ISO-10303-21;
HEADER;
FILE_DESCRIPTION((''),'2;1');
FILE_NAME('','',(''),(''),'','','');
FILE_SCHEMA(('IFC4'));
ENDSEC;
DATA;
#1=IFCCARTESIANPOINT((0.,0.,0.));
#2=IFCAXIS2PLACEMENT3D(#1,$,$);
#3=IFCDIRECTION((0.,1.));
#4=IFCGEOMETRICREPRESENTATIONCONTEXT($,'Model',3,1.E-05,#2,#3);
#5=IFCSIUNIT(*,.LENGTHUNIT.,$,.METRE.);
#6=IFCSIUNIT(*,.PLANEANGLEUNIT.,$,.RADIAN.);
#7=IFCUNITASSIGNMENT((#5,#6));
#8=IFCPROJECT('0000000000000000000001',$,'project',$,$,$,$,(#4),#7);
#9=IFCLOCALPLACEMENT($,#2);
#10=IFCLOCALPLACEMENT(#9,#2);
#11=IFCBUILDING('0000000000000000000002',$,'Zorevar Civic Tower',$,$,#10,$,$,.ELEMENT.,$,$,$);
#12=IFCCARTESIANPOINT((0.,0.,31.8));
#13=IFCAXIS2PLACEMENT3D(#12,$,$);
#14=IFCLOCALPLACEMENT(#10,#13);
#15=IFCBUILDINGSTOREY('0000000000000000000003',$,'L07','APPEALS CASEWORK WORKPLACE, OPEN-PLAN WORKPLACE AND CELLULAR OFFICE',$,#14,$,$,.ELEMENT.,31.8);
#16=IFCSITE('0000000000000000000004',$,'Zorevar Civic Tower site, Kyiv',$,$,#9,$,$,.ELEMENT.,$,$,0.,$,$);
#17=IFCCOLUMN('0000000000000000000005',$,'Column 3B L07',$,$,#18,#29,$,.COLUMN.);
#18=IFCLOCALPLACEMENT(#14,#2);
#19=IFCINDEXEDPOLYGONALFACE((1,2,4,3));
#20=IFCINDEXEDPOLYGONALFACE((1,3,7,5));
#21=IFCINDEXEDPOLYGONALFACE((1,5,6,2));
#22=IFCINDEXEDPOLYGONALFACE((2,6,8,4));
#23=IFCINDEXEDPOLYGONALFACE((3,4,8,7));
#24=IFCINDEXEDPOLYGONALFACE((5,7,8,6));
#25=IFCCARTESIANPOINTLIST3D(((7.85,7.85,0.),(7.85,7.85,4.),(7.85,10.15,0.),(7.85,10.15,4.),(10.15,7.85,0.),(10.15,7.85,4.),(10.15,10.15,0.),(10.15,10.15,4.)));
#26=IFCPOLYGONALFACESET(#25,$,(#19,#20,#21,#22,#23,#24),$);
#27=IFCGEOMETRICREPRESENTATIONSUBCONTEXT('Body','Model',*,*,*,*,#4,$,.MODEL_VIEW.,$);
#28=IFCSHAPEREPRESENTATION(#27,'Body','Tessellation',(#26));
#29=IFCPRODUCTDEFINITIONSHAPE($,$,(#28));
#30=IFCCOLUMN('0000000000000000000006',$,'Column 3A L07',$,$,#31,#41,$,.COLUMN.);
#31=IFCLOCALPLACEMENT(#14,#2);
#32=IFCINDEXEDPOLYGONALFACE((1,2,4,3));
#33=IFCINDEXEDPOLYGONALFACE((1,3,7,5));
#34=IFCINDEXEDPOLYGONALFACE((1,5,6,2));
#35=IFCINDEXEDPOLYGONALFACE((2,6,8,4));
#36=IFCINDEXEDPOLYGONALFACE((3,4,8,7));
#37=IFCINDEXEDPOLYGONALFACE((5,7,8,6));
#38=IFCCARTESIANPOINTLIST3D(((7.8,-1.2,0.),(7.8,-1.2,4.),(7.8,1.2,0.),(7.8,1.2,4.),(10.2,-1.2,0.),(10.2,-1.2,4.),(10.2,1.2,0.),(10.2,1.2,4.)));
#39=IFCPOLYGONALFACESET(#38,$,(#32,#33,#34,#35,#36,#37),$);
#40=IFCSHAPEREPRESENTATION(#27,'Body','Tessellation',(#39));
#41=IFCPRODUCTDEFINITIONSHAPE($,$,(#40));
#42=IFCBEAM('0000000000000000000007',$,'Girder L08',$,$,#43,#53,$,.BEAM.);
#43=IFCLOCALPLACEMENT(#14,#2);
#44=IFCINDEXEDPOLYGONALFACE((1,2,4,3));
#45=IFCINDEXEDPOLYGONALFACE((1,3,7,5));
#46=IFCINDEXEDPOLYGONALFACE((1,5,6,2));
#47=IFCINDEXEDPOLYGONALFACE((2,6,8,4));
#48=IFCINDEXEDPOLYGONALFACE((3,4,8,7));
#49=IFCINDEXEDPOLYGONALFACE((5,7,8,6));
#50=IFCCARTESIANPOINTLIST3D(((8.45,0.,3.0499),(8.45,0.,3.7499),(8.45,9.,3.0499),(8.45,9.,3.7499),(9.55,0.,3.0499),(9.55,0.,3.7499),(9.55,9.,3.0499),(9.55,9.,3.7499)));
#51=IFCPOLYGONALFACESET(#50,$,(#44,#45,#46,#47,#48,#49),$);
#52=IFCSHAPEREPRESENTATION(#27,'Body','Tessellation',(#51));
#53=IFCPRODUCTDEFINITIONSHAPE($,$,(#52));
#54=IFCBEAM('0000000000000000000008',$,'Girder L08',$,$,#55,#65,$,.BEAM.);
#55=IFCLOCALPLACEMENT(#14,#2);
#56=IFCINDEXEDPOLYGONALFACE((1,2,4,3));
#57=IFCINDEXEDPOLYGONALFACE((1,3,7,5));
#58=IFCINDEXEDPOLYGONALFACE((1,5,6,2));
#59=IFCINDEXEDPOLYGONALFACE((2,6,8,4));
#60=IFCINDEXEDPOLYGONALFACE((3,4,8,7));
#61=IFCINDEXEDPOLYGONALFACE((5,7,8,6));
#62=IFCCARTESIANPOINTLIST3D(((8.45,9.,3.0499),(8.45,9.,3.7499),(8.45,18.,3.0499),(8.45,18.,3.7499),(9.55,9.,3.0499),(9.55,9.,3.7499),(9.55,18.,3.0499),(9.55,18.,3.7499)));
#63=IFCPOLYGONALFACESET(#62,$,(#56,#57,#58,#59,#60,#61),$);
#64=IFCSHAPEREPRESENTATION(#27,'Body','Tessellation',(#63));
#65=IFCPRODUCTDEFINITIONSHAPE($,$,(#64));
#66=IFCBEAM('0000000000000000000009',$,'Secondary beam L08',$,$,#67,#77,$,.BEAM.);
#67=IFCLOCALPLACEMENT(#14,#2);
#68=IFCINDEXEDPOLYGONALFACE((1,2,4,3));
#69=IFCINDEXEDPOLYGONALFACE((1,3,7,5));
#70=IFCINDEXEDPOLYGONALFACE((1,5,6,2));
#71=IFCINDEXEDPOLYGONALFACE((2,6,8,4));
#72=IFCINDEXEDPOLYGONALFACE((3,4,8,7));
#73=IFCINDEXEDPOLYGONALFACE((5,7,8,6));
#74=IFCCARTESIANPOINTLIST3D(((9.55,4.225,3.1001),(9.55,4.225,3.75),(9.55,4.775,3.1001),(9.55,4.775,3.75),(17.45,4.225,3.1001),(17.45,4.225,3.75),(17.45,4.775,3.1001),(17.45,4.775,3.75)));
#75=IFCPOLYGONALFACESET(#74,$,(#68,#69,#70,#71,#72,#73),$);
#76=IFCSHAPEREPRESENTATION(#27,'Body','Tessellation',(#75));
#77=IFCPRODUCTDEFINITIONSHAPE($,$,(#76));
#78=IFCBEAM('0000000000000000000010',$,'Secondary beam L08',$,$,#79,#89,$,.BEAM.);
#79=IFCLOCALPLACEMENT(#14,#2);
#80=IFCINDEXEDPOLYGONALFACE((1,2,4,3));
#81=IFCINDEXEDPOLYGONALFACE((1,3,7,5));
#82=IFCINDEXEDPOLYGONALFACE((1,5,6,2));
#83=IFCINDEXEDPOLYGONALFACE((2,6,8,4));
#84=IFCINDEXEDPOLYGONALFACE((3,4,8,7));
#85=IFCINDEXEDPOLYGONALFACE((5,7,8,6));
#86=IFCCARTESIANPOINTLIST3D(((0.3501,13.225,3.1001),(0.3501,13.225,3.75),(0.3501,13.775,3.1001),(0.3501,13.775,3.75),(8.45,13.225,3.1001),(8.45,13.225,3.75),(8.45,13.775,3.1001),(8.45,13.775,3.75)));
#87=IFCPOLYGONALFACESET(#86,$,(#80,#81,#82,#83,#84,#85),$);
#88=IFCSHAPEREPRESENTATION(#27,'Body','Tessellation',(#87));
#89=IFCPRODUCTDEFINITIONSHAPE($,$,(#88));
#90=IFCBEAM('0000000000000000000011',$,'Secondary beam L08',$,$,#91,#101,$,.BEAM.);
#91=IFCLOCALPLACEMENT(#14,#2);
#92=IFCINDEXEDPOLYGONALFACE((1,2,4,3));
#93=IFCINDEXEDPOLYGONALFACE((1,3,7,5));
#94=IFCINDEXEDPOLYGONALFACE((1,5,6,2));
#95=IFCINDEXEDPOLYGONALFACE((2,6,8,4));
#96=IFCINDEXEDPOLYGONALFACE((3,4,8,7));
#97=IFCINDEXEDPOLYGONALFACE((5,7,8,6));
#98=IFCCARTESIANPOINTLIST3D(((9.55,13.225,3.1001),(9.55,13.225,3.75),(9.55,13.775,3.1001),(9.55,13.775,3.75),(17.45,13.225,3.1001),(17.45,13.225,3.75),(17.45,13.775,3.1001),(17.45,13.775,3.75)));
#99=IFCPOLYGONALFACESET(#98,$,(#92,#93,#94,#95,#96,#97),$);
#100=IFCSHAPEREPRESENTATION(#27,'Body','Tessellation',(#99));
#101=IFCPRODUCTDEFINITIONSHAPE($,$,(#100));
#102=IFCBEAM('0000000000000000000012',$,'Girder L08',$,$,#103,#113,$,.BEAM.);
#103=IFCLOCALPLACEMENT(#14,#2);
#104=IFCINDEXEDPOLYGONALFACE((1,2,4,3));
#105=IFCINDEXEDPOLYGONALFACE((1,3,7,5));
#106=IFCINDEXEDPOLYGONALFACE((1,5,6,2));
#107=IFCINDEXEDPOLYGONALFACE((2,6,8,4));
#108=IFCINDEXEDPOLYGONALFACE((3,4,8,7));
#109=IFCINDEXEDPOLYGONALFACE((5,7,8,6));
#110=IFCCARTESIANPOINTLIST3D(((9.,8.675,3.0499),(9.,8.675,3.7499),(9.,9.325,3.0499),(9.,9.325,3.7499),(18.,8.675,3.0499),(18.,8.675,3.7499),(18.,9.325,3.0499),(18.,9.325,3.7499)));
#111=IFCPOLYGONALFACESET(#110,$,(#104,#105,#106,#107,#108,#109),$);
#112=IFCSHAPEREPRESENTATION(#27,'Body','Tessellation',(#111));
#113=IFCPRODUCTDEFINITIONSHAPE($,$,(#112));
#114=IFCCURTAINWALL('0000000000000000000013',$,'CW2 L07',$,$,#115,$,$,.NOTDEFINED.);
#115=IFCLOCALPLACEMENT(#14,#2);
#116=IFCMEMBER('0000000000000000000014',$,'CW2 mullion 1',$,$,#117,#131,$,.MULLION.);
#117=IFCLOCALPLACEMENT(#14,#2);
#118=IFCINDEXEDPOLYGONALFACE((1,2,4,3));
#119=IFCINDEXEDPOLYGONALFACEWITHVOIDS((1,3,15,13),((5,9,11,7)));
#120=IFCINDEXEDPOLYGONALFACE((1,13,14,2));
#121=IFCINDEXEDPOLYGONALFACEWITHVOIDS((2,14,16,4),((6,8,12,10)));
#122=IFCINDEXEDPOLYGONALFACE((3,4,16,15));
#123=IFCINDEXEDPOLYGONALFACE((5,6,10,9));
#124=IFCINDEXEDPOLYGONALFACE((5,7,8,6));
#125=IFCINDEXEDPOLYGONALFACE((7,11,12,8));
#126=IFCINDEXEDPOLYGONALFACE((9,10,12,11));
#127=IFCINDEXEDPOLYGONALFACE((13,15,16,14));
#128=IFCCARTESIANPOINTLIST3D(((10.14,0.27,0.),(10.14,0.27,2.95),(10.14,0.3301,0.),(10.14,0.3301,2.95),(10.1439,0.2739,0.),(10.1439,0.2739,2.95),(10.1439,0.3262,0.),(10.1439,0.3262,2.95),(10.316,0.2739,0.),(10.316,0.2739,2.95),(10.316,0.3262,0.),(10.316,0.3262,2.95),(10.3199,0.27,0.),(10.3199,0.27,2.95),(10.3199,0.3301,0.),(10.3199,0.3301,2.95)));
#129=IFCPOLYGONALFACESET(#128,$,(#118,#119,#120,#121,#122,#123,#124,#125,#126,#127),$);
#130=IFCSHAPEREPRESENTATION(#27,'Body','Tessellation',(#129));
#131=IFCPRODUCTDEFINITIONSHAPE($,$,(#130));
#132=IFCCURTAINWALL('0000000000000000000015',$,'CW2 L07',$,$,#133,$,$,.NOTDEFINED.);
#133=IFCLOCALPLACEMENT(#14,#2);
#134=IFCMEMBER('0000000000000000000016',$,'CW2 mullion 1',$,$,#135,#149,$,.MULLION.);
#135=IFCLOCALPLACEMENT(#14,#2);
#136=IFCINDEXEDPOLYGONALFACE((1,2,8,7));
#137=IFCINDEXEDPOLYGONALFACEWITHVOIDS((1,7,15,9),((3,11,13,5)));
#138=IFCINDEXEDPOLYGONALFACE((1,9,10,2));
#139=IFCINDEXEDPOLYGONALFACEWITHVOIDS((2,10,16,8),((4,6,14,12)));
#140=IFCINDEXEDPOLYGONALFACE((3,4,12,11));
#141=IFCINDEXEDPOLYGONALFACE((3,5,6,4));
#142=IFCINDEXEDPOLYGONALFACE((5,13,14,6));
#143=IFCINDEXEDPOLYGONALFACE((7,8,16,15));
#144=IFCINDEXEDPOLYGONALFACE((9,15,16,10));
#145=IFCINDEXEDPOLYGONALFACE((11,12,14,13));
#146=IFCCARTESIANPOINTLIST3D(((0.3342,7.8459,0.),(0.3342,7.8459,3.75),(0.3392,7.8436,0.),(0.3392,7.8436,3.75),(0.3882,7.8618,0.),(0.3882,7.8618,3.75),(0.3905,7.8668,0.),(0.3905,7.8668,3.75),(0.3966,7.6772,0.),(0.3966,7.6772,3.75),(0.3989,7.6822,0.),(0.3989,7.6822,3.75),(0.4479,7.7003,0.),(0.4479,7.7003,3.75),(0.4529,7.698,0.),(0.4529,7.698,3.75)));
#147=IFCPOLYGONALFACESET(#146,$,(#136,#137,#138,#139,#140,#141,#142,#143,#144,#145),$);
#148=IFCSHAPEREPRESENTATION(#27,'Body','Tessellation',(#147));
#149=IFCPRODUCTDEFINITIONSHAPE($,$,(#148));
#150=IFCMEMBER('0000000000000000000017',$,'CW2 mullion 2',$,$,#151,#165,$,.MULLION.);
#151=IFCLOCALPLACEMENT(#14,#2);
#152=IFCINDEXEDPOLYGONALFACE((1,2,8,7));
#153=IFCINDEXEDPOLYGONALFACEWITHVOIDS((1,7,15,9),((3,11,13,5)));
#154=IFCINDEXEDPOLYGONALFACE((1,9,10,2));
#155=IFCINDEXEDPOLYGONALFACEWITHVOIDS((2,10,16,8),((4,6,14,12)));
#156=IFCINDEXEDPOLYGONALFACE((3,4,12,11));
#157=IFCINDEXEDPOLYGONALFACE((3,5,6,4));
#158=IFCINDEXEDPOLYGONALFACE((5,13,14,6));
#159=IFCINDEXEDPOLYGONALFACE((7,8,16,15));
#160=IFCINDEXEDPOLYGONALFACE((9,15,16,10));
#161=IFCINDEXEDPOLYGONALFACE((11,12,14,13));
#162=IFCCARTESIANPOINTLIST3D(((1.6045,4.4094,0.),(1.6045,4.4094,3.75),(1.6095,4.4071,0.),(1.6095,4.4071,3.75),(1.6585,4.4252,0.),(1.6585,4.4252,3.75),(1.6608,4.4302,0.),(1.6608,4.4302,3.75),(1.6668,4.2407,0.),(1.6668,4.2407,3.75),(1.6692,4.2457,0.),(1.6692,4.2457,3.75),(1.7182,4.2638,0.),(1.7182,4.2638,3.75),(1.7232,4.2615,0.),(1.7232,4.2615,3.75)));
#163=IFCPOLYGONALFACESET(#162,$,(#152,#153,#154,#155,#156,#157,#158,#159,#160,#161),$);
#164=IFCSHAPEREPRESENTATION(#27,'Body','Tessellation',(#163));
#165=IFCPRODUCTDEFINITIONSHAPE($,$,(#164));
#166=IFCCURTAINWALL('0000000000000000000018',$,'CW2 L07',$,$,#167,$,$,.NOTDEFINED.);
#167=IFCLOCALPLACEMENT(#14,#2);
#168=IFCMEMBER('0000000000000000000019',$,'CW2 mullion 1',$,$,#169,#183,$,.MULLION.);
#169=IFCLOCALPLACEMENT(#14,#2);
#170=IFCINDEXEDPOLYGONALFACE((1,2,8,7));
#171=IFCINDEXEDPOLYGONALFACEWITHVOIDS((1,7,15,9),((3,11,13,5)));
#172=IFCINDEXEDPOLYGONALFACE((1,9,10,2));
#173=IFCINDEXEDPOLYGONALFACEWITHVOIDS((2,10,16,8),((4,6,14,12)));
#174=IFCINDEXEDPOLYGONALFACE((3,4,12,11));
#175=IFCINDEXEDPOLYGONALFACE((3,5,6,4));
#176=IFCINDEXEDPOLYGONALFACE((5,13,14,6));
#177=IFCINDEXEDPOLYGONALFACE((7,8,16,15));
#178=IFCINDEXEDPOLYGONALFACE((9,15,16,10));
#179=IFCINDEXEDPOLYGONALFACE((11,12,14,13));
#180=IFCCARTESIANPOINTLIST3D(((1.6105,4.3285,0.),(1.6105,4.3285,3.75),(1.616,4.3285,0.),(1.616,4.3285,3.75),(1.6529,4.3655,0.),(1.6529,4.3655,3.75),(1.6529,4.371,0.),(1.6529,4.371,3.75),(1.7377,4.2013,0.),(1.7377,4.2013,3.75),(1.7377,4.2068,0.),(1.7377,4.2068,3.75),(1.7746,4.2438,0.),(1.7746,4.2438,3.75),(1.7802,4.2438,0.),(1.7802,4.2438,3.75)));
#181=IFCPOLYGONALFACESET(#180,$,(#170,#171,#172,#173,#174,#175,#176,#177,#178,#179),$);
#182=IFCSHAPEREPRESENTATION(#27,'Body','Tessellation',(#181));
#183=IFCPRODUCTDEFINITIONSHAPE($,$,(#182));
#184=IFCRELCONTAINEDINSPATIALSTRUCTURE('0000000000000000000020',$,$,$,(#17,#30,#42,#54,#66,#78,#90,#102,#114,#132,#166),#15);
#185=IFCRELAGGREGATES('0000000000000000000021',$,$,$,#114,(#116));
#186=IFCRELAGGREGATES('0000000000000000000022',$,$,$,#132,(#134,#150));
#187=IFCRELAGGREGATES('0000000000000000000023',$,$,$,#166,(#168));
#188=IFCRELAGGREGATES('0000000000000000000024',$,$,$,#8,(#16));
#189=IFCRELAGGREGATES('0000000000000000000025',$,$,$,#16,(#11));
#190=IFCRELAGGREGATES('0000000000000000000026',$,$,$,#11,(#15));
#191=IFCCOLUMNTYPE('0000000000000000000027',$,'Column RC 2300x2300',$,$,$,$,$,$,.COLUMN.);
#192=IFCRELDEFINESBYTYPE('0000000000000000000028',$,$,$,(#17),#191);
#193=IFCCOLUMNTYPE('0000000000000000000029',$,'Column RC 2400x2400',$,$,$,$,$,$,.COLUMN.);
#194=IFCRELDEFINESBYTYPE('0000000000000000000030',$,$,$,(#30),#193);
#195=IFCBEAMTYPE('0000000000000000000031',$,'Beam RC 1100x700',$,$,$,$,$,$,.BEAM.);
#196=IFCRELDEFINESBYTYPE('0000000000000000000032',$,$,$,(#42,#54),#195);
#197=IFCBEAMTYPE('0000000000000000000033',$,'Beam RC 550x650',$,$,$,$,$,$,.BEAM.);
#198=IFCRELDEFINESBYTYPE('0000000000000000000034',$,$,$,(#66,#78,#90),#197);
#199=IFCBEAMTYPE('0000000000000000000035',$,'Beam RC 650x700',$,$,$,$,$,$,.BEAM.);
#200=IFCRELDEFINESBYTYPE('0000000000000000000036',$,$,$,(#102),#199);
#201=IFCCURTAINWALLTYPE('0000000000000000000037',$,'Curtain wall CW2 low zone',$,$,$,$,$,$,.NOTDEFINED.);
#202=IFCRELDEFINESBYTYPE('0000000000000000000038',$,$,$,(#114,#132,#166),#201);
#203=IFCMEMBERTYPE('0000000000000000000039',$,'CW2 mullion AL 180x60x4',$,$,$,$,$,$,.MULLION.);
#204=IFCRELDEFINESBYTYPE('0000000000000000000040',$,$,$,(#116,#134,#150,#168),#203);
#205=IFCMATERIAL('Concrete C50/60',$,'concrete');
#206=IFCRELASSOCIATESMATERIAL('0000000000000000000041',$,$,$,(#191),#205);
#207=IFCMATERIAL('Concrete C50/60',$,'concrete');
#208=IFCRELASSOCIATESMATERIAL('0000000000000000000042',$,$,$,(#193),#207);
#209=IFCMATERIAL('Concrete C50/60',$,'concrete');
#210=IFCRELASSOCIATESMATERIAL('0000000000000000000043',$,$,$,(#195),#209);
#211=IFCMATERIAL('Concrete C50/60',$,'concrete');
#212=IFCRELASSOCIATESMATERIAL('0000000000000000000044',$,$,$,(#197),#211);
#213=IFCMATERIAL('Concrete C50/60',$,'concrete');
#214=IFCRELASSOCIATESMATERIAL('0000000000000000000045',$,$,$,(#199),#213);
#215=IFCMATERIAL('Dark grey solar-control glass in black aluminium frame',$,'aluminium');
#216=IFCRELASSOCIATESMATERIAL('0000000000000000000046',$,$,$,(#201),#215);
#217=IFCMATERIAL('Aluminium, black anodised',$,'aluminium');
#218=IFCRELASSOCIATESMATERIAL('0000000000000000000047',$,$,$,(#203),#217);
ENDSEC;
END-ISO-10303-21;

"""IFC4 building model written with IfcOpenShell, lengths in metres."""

from ifc_helpers import new_model, si_unit, direction, frame, origin, origin_2d, place, context, subcontext, project, spatial, rectangle, hollow_rectangle, extrude, material, material_profile, profile_set, type_object, element, aggregate, save


model = new_model("IFC4")

# Units and contexts
model_context = context("Model", 3, precision=1e-05, world=origin(), true_north=direction((0.0, 1.0)))
body_context = subcontext(model_context, "Body", "Model", "MODEL_VIEW")
ifc_project = project(units=[si_unit("LENGTHUNIT", "METRE"), si_unit("PLANEANGLEUNIT", "RADIAN")], contexts=[model_context])

# Site, building, storey
site_placement = place(None, origin())
site = spatial("IfcSite", under=ifc_project, at=site_placement, Name="Zorevar Civic Tower site, Kyiv", CompositionType="ELEMENT", RefElevation=0.0)
building_placement = place(site_placement, origin())
building = spatial("IfcBuilding", under=site, at=building_placement, Name="Zorevar Civic Tower", CompositionType="ELEMENT")
storey_placement = place(building_placement, frame((0.0, 0.0, 31.8)))
storey = spatial("IfcBuildingStorey", under=building, at=storey_placement, Name="L07", Description="APPEALS CASEWORK WORKPLACE, OPEN-PLAN WORKPLACE AND CELLULAR OFFICE", CompositionType="ELEMENT", Elevation=31.8)

# Columns
ifc_material_1 = material(Name="Concrete C50/60", Category="concrete")
ifc_material_profile_1 = material_profile(ifc_material_1, rectangle(XDim=2.3, YDim=2.3, at=origin_2d()), Name="RC 2300x2300")
ifc_profile_set_1 = profile_set([ifc_material_profile_1], Name="Concrete C50/60")
column_type_1 = type_object("IfcColumnType", Name="Column RC 2300x2300", PredefinedType="COLUMN", material=ifc_profile_set_1)
column_1_placement = place(storey_placement, frame((9.0, 9.0, 0.0), z_axis=(0.0, 0.0, 1.0), x_axis=(1.0, 0.0, 0.0)))
element("IfcColumn", 1, at=column_1_placement, inside=storey, type_object=column_type_1, Name="Column 3B L07", PredefinedType="COLUMN", context=body_context, shape_type="SweptSolid", body=[
    extrude(rectangle(XDim=2.3, YDim=2.3, at=origin_2d()), origin(), (0.0, 0.0, 1.0), 4.0),
])
ifc_material_2 = material(Name="Concrete C50/60", Category="concrete")
ifc_material_profile_2 = material_profile(ifc_material_2, rectangle(XDim=2.3999, YDim=2.3999, at=origin_2d()), Name="RC 2400x2400")
ifc_profile_set_2 = profile_set([ifc_material_profile_2], Name="Concrete C50/60")
column_type_2 = type_object("IfcColumnType", Name="Column RC 2400x2400", PredefinedType="COLUMN", material=ifc_profile_set_2)
column_2_placement = place(storey_placement, frame((9.0, 0.0, 0.0), z_axis=(0.0, 0.0, 1.0), x_axis=(1.0, 0.0, 0.0)))
element("IfcColumn", 2, at=column_2_placement, inside=storey, type_object=column_type_2, Name="Column 3A L07", PredefinedType="COLUMN", context=body_context, shape_type="SweptSolid", body=[
    extrude(rectangle(XDim=2.3999, YDim=2.3999, at=origin_2d()), origin(), (0.0, 0.0, 1.0), 4.0),
])

# Beams
ifc_material_3 = material(Name="Concrete C50/60", Category="concrete")
ifc_material_profile_3 = material_profile(ifc_material_3, rectangle(XDim=1.1001, YDim=0.7, at=origin_2d()), Name="RC 1100x700")
ifc_profile_set_3 = profile_set([ifc_material_profile_3], Name="Concrete C50/60")
beam_type_1 = type_object("IfcBeamType", Name="Beam RC 1100x700", PredefinedType="BEAM", material=ifc_profile_set_3)
for number, where, z_axis, x_axis, name in (
    (3, (9.0, 0.0, 3.3999), (0.0, 1.0, 0.0), (-1.0, 0.0, 0.0), "Girder L08"),
    (4, (9.0, 9.0, 3.3999), (0.0, 1.0, 0.0), (-1.0, 0.0, 0.0), "Girder L08"),
):
    element("IfcBeam", number, at=place(storey_placement, frame(where, z_axis=z_axis, x_axis=x_axis)), inside=storey, type_object=beam_type_1, Name=name, PredefinedType="BEAM", context=body_context, shape_type="SweptSolid", body=[
        extrude(rectangle(XDim=1.1001, YDim=0.7, at=origin_2d()), origin(), (0.0, 0.0, 1.0), 9.0),
    ])
ifc_material_4 = material(Name="Concrete C50/60", Category="concrete")
ifc_material_profile_4 = material_profile(ifc_material_4, rectangle(XDim=0.55, YDim=0.6499, at=origin_2d()), Name="RC 550x650")
ifc_profile_set_4 = profile_set([ifc_material_profile_4], Name="Concrete C50/60")
beam_type_2 = type_object("IfcBeamType", Name="Beam RC 550x650", PredefinedType="BEAM", material=ifc_profile_set_4)
beam_1_placement = place(storey_placement, frame((9.55, 4.5, 3.425), z_axis=(1.0, 0.0, 0.0), x_axis=(0.0, 1.0, 0.0)))
element("IfcBeam", 5, at=beam_1_placement, inside=storey, type_object=beam_type_2, Name="Secondary beam L08", PredefinedType="BEAM", context=body_context, shape_type="SweptSolid", body=[
    extrude(rectangle(XDim=0.55, YDim=0.6499, at=origin_2d()), origin(), (0.0, 0.0, 1.0), 7.8999),
])
beam_2_placement = place(storey_placement, frame((0.3501, 13.5, 3.425), z_axis=(1.0, 0.0, 0.0), x_axis=(0.0, 1.0, 0.0)))
element("IfcBeam", 6, at=beam_2_placement, inside=storey, type_object=beam_type_2, Name="Secondary beam L08", PredefinedType="BEAM", context=body_context, shape_type="SweptSolid", body=[
    extrude(rectangle(XDim=0.55, YDim=0.6499, at=origin_2d()), origin(), (0.0, 0.0, 1.0), 8.0999),
])
beam_3_placement = place(storey_placement, frame((9.55, 13.5, 3.425), z_axis=(1.0, 0.0, 0.0), x_axis=(0.0, 1.0, 0.0)))
element("IfcBeam", 7, at=beam_3_placement, inside=storey, type_object=beam_type_2, Name="Secondary beam L08", PredefinedType="BEAM", context=body_context, shape_type="SweptSolid", body=[
    extrude(rectangle(XDim=0.55, YDim=0.6499, at=origin_2d()), origin(), (0.0, 0.0, 1.0), 7.8999),
])
ifc_material_5 = material(Name="Concrete C50/60", Category="concrete")
ifc_material_profile_5 = material_profile(ifc_material_5, rectangle(XDim=0.6499, YDim=0.7, at=origin_2d()), Name="RC 650x700")
ifc_profile_set_5 = profile_set([ifc_material_profile_5], Name="Concrete C50/60")
beam_type_3 = type_object("IfcBeamType", Name="Beam RC 650x700", PredefinedType="BEAM", material=ifc_profile_set_5)
beam_4_placement = place(storey_placement, frame((9.0, 9.0, 3.3999), z_axis=(1.0, 0.0, 0.0), x_axis=(0.0, 1.0, 0.0)))
element("IfcBeam", 8, at=beam_4_placement, inside=storey, type_object=beam_type_3, Name="Girder L08", PredefinedType="BEAM", context=body_context, shape_type="SweptSolid", body=[
    extrude(rectangle(XDim=0.6499, YDim=0.7, at=origin_2d()), origin(), (0.0, 0.0, 1.0), 9.0),
])

# Curtain wall, member
ifc_material_6 = material(Name="Dark grey solar-control glass in black aluminium frame", Category="aluminium")
curtain_wall_type = type_object("IfcCurtainWallType", Name="Curtain wall CW2 low zone", PredefinedType="NOTDEFINED", material=ifc_material_6)
curtain_wall_1_placement = place(storey_placement, origin())
curtain_wall_1 = element("IfcCurtainWall", 9, at=curtain_wall_1_placement, inside=storey, type_object=curtain_wall_type, Name="CW2 L07", PredefinedType="NOTDEFINED")
ifc_material_7 = material(Name="Aluminium, black anodised", Category="aluminium")
ifc_material_profile_6 = material_profile(ifc_material_7, hollow_rectangle(XDim=0.0601, YDim=0.1799, WallThickness=0.0039, at=origin_2d()), Name="AL 180x60x4")
ifc_profile_set_6 = profile_set([ifc_material_profile_6], Name="Aluminium, black anodised")
member_type_1 = type_object("IfcMemberType", Name="CW2 mullion AL 180x60x4", PredefinedType="MULLION", material=ifc_profile_set_6)
member_1_placement = place(storey_placement, frame((10.23, 0.3, 0.0), z_axis=(0.0, 0.0, 1.0), x_axis=(0.0, 1.0, 0.0)))
member_1 = element("IfcMember", 10, at=member_1_placement, type_object=member_type_1, Name="CW2 mullion 1", PredefinedType="MULLION", context=body_context, shape_type="SweptSolid", body=[
    extrude(hollow_rectangle(XDim=0.0601, YDim=0.1799, WallThickness=0.0039, at=origin_2d()), origin(), (0.0, 0.0, 1.0), 2.95),
])
aggregate(curtain_wall_1, [member_1])

# Curtain walls, members
curtain_wall_2_placement = place(storey_placement, origin())
curtain_wall_2 = element("IfcCurtainWall", 11, at=curtain_wall_2_placement, inside=storey, type_object=curtain_wall_type, Name="CW2 L07", PredefinedType="NOTDEFINED")
member_2_placement = place(storey_placement, frame((0.3936, 7.772, 0.0), z_axis=(0.0, 0.0, 1.0), x_axis=(0.937975, 0.346704, 0.0)))
member_2 = element("IfcMember", 12, at=member_2_placement, type_object=member_type_1, Name="CW2 mullion 1", PredefinedType="MULLION", context=body_context, shape_type="SweptSolid", body=[
    extrude(hollow_rectangle(XDim=0.0601, YDim=0.1799, WallThickness=0.0039, at=origin_2d()), origin(), (0.0, 0.0, 1.0), 3.75),
])
member_3_placement = place(storey_placement, frame((1.6638, 4.3354, 0.0), z_axis=(0.0, 0.0, 1.0), x_axis=(0.937975, 0.346704, 0.0)))
member_3 = element("IfcMember", 13, at=member_3_placement, type_object=member_type_1, Name="CW2 mullion 2", PredefinedType="MULLION", context=body_context, shape_type="SweptSolid", body=[
    extrude(hollow_rectangle(XDim=0.0601, YDim=0.1799, WallThickness=0.0039, at=origin_2d()), origin(), (0.0, 0.0, 1.0), 3.75),
])
curtain_wall_3_placement = place(storey_placement, origin())
curtain_wall_3 = element("IfcCurtainWall", 14, at=curtain_wall_3_placement, inside=storey, type_object=curtain_wall_type, Name="CW2 L07", PredefinedType="NOTDEFINED")
member_4_placement = place(storey_placement, frame((1.6953, 4.2861, 0.0), z_axis=(0.0, 0.0, 1.0), x_axis=(0.707107, 0.707107, 0.0)))
member_4 = element("IfcMember", 15, at=member_4_placement, type_object=member_type_1, Name="CW2 mullion 1", PredefinedType="MULLION", context=body_context, shape_type="SweptSolid", body=[
    extrude(hollow_rectangle(XDim=0.0601, YDim=0.1799, WallThickness=0.0039, at=origin_2d()), origin(), (0.0, 0.0, 1.0), 3.75),
])

aggregate(curtain_wall_2, [member_2, member_3])
aggregate(curtain_wall_3, [member_4])

save(model, "model.ifc")
